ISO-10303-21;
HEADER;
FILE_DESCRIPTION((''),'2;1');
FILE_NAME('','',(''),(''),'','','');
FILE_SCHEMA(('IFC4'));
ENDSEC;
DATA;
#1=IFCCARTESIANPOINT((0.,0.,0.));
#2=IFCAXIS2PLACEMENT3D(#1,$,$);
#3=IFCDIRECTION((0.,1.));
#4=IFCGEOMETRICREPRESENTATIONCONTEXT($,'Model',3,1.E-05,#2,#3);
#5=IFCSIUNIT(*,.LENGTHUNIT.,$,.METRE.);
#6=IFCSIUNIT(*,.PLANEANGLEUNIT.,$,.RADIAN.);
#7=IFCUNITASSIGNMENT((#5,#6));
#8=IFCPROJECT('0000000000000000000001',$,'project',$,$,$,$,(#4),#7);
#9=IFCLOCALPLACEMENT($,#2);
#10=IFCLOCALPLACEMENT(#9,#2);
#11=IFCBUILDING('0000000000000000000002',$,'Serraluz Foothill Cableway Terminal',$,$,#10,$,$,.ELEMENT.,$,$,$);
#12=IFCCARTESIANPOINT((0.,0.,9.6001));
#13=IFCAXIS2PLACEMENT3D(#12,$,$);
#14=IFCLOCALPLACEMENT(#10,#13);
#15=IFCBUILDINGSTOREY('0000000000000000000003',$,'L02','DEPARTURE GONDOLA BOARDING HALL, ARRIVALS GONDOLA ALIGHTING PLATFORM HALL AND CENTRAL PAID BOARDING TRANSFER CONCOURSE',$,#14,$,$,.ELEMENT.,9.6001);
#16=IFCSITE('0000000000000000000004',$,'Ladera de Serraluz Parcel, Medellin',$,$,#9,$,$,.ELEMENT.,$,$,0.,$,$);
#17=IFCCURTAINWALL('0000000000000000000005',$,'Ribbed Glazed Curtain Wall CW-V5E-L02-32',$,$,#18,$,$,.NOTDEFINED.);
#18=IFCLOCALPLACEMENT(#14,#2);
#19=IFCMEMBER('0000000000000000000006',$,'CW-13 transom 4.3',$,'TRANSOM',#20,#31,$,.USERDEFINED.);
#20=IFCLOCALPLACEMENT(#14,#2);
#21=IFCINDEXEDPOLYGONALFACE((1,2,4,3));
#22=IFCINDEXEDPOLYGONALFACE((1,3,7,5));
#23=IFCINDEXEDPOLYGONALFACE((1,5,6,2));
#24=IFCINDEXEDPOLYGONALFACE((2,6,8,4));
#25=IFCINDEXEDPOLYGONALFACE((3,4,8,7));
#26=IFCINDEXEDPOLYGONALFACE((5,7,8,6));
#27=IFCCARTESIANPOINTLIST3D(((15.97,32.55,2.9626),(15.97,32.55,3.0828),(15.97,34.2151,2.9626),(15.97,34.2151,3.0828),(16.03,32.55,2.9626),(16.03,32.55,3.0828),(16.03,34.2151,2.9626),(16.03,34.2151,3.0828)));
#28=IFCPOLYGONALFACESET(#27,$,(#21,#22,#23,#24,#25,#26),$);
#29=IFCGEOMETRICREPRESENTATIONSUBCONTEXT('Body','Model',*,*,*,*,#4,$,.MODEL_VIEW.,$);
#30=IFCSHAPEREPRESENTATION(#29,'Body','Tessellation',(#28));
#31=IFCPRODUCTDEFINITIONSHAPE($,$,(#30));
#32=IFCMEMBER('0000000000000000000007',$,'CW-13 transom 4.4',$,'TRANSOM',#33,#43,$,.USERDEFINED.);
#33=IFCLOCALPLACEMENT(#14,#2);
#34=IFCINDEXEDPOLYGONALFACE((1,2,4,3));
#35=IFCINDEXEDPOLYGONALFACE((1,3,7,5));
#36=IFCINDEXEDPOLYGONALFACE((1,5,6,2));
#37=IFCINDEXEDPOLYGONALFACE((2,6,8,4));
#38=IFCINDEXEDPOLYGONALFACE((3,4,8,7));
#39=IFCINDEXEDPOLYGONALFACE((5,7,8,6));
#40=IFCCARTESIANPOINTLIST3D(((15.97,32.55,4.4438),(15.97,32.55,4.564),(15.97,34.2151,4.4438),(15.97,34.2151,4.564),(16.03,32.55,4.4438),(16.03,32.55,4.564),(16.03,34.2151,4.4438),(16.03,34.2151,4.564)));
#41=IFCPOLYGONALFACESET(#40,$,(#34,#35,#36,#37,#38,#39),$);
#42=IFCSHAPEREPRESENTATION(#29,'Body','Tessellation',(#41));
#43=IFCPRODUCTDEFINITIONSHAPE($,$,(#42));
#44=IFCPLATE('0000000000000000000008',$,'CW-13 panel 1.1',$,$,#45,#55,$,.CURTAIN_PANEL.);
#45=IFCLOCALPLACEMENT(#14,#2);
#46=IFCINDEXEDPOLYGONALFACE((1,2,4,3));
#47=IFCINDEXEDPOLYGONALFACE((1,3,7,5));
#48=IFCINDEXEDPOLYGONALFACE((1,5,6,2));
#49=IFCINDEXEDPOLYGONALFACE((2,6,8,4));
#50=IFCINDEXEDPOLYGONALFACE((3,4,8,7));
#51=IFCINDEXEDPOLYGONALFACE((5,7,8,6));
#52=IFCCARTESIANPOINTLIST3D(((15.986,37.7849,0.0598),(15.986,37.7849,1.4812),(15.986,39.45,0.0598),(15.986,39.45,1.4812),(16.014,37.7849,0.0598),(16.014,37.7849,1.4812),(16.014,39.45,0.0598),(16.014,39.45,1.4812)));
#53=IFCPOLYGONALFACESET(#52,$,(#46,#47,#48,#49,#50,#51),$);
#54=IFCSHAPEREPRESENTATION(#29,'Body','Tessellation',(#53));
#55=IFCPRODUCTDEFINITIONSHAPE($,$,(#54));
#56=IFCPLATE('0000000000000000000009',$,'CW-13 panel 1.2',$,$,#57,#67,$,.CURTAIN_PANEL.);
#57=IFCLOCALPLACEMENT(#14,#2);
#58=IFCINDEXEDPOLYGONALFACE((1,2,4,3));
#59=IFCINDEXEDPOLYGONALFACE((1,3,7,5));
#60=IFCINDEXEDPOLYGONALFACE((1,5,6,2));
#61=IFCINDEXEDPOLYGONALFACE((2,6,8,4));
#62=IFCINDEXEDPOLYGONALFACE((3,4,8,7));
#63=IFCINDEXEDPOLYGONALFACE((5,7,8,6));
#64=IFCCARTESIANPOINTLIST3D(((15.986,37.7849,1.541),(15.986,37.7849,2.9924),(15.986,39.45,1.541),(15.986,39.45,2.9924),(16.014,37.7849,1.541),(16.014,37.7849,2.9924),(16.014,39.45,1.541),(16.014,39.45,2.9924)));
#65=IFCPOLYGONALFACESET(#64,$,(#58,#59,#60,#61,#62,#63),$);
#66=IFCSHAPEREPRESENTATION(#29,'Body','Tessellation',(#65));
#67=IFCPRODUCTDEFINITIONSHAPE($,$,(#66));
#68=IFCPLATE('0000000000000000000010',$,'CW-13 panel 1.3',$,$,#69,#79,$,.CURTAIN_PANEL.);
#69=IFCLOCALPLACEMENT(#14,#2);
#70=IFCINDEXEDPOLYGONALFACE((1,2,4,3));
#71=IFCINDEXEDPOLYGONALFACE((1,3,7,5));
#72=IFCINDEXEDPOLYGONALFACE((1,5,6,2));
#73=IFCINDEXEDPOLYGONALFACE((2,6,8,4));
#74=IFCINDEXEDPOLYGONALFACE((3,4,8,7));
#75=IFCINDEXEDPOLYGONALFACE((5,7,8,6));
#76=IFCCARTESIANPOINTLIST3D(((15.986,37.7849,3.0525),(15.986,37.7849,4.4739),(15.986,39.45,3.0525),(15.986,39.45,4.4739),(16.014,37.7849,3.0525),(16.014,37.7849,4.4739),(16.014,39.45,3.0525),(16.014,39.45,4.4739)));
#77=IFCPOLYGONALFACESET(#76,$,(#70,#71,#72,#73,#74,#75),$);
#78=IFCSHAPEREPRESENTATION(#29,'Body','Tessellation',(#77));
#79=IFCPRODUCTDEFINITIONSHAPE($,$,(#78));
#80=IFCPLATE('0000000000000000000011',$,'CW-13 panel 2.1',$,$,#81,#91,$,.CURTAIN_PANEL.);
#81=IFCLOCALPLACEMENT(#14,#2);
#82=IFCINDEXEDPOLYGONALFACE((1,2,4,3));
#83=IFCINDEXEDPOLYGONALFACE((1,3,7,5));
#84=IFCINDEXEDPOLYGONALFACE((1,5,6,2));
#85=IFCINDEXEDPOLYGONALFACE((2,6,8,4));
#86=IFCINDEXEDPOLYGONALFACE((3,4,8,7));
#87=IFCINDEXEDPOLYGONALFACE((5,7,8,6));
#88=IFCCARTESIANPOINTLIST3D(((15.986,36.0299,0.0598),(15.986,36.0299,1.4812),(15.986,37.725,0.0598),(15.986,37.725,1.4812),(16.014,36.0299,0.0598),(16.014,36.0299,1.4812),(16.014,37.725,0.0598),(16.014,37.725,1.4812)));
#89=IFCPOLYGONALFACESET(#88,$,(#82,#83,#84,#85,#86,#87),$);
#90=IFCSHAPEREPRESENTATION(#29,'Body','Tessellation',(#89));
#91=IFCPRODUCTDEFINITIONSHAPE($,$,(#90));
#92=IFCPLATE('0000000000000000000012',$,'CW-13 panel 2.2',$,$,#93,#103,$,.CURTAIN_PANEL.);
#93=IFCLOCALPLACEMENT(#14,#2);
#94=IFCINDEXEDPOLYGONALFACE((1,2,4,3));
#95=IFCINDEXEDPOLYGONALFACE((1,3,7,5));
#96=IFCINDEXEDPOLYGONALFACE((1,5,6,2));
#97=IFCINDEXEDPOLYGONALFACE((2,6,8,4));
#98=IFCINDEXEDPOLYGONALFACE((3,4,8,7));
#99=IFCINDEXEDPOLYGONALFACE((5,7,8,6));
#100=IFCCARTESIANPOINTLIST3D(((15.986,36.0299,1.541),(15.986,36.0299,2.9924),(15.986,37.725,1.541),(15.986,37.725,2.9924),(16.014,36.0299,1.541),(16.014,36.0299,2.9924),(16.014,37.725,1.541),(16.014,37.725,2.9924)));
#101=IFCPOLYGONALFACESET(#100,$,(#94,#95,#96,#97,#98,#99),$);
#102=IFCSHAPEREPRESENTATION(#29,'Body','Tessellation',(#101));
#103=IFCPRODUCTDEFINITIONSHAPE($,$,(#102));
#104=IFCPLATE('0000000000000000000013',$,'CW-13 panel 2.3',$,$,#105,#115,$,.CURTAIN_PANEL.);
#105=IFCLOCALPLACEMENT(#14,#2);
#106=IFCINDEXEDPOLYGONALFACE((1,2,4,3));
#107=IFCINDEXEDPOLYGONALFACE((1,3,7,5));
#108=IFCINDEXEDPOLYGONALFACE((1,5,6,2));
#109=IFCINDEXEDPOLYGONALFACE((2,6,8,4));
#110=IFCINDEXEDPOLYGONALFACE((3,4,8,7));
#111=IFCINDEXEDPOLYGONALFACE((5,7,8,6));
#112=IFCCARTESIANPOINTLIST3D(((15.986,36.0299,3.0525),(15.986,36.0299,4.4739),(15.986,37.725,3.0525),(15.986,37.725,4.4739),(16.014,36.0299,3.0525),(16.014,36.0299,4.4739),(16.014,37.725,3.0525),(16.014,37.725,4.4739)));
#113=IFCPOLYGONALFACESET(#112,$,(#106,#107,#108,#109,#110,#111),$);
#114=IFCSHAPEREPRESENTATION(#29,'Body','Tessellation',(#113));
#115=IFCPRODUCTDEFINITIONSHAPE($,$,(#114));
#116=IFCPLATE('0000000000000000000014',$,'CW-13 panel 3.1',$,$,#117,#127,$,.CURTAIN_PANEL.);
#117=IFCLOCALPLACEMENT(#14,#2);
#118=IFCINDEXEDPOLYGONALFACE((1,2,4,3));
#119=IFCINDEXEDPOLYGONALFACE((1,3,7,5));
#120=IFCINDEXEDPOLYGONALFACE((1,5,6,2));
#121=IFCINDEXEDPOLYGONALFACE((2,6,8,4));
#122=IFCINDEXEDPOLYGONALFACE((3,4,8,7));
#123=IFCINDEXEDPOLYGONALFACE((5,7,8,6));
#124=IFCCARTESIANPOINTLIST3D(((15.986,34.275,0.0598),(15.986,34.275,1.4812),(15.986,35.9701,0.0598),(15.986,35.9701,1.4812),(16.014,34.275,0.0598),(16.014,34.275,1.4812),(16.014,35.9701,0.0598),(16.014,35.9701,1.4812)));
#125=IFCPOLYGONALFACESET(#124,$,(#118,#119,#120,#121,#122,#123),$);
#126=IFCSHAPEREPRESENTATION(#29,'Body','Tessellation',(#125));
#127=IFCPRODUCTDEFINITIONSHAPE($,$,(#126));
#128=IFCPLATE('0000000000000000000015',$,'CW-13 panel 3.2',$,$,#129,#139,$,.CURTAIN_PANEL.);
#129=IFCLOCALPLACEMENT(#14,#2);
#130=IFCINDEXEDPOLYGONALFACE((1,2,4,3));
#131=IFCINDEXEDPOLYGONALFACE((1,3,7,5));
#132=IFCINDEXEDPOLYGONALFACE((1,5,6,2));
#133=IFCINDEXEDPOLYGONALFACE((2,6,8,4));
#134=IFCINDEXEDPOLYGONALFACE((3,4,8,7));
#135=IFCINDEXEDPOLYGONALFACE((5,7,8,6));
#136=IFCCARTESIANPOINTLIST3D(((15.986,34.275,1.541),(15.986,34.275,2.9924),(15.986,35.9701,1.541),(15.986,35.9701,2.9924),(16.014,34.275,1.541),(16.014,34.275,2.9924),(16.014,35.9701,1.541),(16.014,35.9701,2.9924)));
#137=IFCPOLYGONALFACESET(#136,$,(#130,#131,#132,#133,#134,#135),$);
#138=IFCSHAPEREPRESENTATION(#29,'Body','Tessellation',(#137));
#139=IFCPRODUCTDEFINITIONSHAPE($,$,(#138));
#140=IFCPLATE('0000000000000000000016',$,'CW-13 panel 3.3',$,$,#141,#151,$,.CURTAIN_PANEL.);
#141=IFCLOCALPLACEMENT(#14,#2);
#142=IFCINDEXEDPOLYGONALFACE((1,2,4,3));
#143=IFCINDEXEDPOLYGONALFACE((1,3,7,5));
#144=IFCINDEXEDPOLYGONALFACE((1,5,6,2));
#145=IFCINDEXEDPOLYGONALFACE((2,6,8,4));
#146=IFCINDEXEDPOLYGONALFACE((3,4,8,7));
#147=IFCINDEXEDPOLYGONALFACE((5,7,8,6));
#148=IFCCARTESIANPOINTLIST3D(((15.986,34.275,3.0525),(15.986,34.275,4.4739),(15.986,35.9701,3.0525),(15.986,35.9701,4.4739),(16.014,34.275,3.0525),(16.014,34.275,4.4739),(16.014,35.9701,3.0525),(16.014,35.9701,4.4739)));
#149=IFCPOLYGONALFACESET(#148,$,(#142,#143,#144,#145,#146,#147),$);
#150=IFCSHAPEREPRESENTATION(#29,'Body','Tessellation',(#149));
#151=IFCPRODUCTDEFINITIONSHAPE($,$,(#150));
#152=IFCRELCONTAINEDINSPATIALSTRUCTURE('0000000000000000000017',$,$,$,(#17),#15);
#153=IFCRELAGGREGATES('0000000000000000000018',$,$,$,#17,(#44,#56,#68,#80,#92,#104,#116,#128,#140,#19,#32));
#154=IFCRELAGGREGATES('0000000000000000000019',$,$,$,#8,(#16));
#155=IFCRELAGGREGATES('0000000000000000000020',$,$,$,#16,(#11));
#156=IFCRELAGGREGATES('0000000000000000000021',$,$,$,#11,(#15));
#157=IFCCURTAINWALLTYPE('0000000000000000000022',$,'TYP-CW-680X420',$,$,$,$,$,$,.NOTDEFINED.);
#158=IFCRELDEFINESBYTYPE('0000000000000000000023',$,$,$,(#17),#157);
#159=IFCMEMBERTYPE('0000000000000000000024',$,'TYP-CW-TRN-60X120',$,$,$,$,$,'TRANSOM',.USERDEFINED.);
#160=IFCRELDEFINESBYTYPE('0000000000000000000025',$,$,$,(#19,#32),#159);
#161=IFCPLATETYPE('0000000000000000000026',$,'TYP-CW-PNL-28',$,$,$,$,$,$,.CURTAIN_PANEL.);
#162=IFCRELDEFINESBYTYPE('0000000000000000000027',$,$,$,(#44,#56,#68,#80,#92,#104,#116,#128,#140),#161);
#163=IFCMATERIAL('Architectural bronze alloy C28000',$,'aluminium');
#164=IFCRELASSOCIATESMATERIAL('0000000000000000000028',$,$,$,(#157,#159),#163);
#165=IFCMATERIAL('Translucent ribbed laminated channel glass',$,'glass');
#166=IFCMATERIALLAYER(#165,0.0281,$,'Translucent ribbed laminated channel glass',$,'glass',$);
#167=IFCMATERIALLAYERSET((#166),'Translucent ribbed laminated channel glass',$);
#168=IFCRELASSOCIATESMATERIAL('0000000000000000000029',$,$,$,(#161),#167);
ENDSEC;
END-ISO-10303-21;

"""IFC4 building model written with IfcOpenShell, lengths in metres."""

from ifc_helpers import new_model, si_unit, direction, frame, origin, origin_2d, place, context, subcontext, project, spatial, rectangle, extrude, material, layer, layer_set, material_profile, profile_set, type_object, element, aggregate, save


model = new_model("IFC4")

# Units and contexts
model_context = context("Model", 3, precision=1e-05, world=origin(), true_north=direction((0.0, 1.0)))
body_context = subcontext(model_context, "Body", "Model", "MODEL_VIEW")
ifc_project = project(units=[si_unit("LENGTHUNIT", "METRE"), si_unit("PLANEANGLEUNIT", "RADIAN")], contexts=[model_context])

# Site, building, storey
site_placement = place(None, origin())
site = spatial("IfcSite", under=ifc_project, at=site_placement, Name="Ladera de Serraluz Parcel, Medellin", CompositionType="ELEMENT", RefElevation=0.0)
building_placement = place(site_placement, origin())
building = spatial("IfcBuilding", under=site, at=building_placement, Name="Serraluz Foothill Cableway Terminal", CompositionType="ELEMENT")
storey_placement = place(building_placement, frame((0.0, 0.0, 9.6001)))
storey = spatial("IfcBuildingStorey", under=building, at=storey_placement, Name="L02", Description="DEPARTURE GONDOLA BOARDING HALL, ARRIVALS GONDOLA ALIGHTING PLATFORM HALL AND CENTRAL PAID BOARDING TRANSFER CONCOURSE", CompositionType="ELEMENT", Elevation=9.6001)

# Curtain wall, members, plates
ifc_material_1 = material(Name="Architectural bronze alloy C28000", Category="aluminium")
curtain_wall_type = type_object("IfcCurtainWallType", Name="TYP-CW-680X420", PredefinedType="NOTDEFINED", material=ifc_material_1)
curtain_wall_placement = place(storey_placement, origin())
curtain_wall = element("IfcCurtainWall", 1, at=curtain_wall_placement, inside=storey, type_object=curtain_wall_type, Name="Ribbed Glazed Curtain Wall CW-V5E-L02-32", PredefinedType="NOTDEFINED")
ifc_material_profile_1 = material_profile(ifc_material_1, rectangle(XDim=0.0601, YDim=0.1201, at=origin_2d()), Name="ALU TRANSOM 60x120")
ifc_profile_set_1 = profile_set([ifc_material_profile_1], Name="Architectural bronze alloy C28000")
member_type_1 = type_object("IfcMemberType", Name="TYP-CW-TRN-60X120", ElementType="TRANSOM", PredefinedType="USERDEFINED", material=ifc_profile_set_1)
member_1_placement = place(storey_placement, frame((16.0, 34.2151, 3.0227), z_axis=(0.0, -1.0, 0.0), x_axis=(1.0, 0.0, 0.0)))
member_1 = element("IfcMember", 2, at=member_1_placement, type_object=member_type_1, Name="CW-13 transom 4.3", ObjectType="TRANSOM", PredefinedType="USERDEFINED", context=body_context, shape_type="SweptSolid", body=[
    extrude(rectangle(XDim=0.0601, YDim=0.1201, at=origin_2d()), origin(), (0.0, 0.0, 1.0), 1.665),
])
member_2_placement = place(storey_placement, frame((16.0, 34.2151, 4.5039), z_axis=(0.0, -1.0, 0.0), x_axis=(1.0, 0.0, 0.0)))
member_2 = element("IfcMember", 3, at=member_2_placement, type_object=member_type_1, Name="CW-13 transom 4.4", ObjectType="TRANSOM", PredefinedType="USERDEFINED", context=body_context, shape_type="SweptSolid", body=[
    extrude(rectangle(XDim=0.0601, YDim=0.1201, at=origin_2d()), origin(), (0.0, 0.0, 1.0), 1.665),
])
ifc_material_2 = material(Name="Translucent ribbed laminated channel glass", Category="glass")
ifc_layer = layer(ifc_material_2, 0.0281, Name="Translucent ribbed laminated channel glass", Category="glass")
ifc_layer_set = layer_set([ifc_layer], Name="Translucent ribbed laminated channel glass")
plate_type = type_object("IfcPlateType", Name="TYP-CW-PNL-28", PredefinedType="CURTAIN_PANEL", material=ifc_layer_set)
plate_1_placement = place(storey_placement, frame((16.0, 38.6174, 0.0598), z_axis=(0.0, 0.0, 1.0), x_axis=(0.0, -1.0, 0.0)))
plate_1 = element("IfcPlate", 4, at=plate_1_placement, type_object=plate_type, Name="CW-13 panel 1.1", PredefinedType="CURTAIN_PANEL", context=body_context, shape_type="SweptSolid", body=[
    extrude(rectangle(XDim=1.665, YDim=0.0281, at=origin_2d()), origin(), (0.0, 0.0, 1.0), 1.4214),
])
plate_2_placement = place(storey_placement, frame((16.0, 38.6174, 1.541), z_axis=(0.0, 0.0, 1.0), x_axis=(0.0, -1.0, 0.0)))
plate_2 = element("IfcPlate", 5, at=plate_2_placement, type_object=plate_type, Name="CW-13 panel 1.2", PredefinedType="CURTAIN_PANEL", context=body_context, shape_type="SweptSolid", body=[
    extrude(rectangle(XDim=1.665, YDim=0.0281, at=origin_2d()), origin(), (0.0, 0.0, 1.0), 1.4514),
])
plate_3_placement = place(storey_placement, frame((16.0, 38.6174, 3.0525), z_axis=(0.0, 0.0, 1.0), x_axis=(0.0, -1.0, 0.0)))
plate_3 = element("IfcPlate", 6, at=plate_3_placement, type_object=plate_type, Name="CW-13 panel 1.3", PredefinedType="CURTAIN_PANEL", context=body_context, shape_type="SweptSolid", body=[
    extrude(rectangle(XDim=1.665, YDim=0.0281, at=origin_2d()), origin(), (0.0, 0.0, 1.0), 1.4214),
])
plate_4_placement = place(storey_placement, frame((16.0, 36.8774, 0.0598), z_axis=(0.0, 0.0, 1.0), x_axis=(0.0, -1.0, 0.0)))
plate_4 = element("IfcPlate", 7, at=plate_4_placement, type_object=plate_type, Name="CW-13 panel 2.1", PredefinedType="CURTAIN_PANEL", context=body_context, shape_type="SweptSolid", body=[
    extrude(rectangle(XDim=1.6951, YDim=0.0281, at=origin_2d()), origin(), (0.0, 0.0, 1.0), 1.4214),
])
plate_5_placement = place(storey_placement, frame((16.0, 36.8774, 1.541), z_axis=(0.0, 0.0, 1.0), x_axis=(0.0, -1.0, 0.0)))
plate_5 = element("IfcPlate", 8, at=plate_5_placement, type_object=plate_type, Name="CW-13 panel 2.2", PredefinedType="CURTAIN_PANEL", context=body_context, shape_type="SweptSolid", body=[
    extrude(rectangle(XDim=1.6951, YDim=0.0281, at=origin_2d()), origin(), (0.0, 0.0, 1.0), 1.4514),
])
plate_6_placement = place(storey_placement, frame((16.0, 36.8774, 3.0525), z_axis=(0.0, 0.0, 1.0), x_axis=(0.0, -1.0, 0.0)))
plate_6 = element("IfcPlate", 9, at=plate_6_placement, type_object=plate_type, Name="CW-13 panel 2.3", PredefinedType="CURTAIN_PANEL", context=body_context, shape_type="SweptSolid", body=[
    extrude(rectangle(XDim=1.6951, YDim=0.0281, at=origin_2d()), origin(), (0.0, 0.0, 1.0), 1.4214),
])
plate_7_placement = place(storey_placement, frame((16.0, 35.1226, 0.0598), z_axis=(0.0, 0.0, 1.0), x_axis=(0.0, -1.0, 0.0)))
plate_7 = element("IfcPlate", 10, at=plate_7_placement, type_object=plate_type, Name="CW-13 panel 3.1", PredefinedType="CURTAIN_PANEL", context=body_context, shape_type="SweptSolid", body=[
    extrude(rectangle(XDim=1.6951, YDim=0.0281, at=origin_2d()), origin(), (0.0, 0.0, 1.0), 1.4214),
])
plate_8_placement = place(storey_placement, frame((16.0, 35.1226, 1.541), z_axis=(0.0, 0.0, 1.0), x_axis=(0.0, -1.0, 0.0)))
plate_8 = element("IfcPlate", 11, at=plate_8_placement, type_object=plate_type, Name="CW-13 panel 3.2", PredefinedType="CURTAIN_PANEL", context=body_context, shape_type="SweptSolid", body=[
    extrude(rectangle(XDim=1.6951, YDim=0.0281, at=origin_2d()), origin(), (0.0, 0.0, 1.0), 1.4514),
])
plate_9_placement = place(storey_placement, frame((16.0, 35.1226, 3.0525), z_axis=(0.0, 0.0, 1.0), x_axis=(0.0, -1.0, 0.0)))
plate_9 = element("IfcPlate", 12, at=plate_9_placement, type_object=plate_type, Name="CW-13 panel 3.3", PredefinedType="CURTAIN_PANEL", context=body_context, shape_type="SweptSolid", body=[
    extrude(rectangle(XDim=1.6951, YDim=0.0281, at=origin_2d()), origin(), (0.0, 0.0, 1.0), 1.4214),
])
aggregate(curtain_wall, [plate_1, plate_2, plate_3, plate_4, plate_5, plate_6, plate_7, plate_8, plate_9, member_1, member_2])

save(model, "model.ifc")
